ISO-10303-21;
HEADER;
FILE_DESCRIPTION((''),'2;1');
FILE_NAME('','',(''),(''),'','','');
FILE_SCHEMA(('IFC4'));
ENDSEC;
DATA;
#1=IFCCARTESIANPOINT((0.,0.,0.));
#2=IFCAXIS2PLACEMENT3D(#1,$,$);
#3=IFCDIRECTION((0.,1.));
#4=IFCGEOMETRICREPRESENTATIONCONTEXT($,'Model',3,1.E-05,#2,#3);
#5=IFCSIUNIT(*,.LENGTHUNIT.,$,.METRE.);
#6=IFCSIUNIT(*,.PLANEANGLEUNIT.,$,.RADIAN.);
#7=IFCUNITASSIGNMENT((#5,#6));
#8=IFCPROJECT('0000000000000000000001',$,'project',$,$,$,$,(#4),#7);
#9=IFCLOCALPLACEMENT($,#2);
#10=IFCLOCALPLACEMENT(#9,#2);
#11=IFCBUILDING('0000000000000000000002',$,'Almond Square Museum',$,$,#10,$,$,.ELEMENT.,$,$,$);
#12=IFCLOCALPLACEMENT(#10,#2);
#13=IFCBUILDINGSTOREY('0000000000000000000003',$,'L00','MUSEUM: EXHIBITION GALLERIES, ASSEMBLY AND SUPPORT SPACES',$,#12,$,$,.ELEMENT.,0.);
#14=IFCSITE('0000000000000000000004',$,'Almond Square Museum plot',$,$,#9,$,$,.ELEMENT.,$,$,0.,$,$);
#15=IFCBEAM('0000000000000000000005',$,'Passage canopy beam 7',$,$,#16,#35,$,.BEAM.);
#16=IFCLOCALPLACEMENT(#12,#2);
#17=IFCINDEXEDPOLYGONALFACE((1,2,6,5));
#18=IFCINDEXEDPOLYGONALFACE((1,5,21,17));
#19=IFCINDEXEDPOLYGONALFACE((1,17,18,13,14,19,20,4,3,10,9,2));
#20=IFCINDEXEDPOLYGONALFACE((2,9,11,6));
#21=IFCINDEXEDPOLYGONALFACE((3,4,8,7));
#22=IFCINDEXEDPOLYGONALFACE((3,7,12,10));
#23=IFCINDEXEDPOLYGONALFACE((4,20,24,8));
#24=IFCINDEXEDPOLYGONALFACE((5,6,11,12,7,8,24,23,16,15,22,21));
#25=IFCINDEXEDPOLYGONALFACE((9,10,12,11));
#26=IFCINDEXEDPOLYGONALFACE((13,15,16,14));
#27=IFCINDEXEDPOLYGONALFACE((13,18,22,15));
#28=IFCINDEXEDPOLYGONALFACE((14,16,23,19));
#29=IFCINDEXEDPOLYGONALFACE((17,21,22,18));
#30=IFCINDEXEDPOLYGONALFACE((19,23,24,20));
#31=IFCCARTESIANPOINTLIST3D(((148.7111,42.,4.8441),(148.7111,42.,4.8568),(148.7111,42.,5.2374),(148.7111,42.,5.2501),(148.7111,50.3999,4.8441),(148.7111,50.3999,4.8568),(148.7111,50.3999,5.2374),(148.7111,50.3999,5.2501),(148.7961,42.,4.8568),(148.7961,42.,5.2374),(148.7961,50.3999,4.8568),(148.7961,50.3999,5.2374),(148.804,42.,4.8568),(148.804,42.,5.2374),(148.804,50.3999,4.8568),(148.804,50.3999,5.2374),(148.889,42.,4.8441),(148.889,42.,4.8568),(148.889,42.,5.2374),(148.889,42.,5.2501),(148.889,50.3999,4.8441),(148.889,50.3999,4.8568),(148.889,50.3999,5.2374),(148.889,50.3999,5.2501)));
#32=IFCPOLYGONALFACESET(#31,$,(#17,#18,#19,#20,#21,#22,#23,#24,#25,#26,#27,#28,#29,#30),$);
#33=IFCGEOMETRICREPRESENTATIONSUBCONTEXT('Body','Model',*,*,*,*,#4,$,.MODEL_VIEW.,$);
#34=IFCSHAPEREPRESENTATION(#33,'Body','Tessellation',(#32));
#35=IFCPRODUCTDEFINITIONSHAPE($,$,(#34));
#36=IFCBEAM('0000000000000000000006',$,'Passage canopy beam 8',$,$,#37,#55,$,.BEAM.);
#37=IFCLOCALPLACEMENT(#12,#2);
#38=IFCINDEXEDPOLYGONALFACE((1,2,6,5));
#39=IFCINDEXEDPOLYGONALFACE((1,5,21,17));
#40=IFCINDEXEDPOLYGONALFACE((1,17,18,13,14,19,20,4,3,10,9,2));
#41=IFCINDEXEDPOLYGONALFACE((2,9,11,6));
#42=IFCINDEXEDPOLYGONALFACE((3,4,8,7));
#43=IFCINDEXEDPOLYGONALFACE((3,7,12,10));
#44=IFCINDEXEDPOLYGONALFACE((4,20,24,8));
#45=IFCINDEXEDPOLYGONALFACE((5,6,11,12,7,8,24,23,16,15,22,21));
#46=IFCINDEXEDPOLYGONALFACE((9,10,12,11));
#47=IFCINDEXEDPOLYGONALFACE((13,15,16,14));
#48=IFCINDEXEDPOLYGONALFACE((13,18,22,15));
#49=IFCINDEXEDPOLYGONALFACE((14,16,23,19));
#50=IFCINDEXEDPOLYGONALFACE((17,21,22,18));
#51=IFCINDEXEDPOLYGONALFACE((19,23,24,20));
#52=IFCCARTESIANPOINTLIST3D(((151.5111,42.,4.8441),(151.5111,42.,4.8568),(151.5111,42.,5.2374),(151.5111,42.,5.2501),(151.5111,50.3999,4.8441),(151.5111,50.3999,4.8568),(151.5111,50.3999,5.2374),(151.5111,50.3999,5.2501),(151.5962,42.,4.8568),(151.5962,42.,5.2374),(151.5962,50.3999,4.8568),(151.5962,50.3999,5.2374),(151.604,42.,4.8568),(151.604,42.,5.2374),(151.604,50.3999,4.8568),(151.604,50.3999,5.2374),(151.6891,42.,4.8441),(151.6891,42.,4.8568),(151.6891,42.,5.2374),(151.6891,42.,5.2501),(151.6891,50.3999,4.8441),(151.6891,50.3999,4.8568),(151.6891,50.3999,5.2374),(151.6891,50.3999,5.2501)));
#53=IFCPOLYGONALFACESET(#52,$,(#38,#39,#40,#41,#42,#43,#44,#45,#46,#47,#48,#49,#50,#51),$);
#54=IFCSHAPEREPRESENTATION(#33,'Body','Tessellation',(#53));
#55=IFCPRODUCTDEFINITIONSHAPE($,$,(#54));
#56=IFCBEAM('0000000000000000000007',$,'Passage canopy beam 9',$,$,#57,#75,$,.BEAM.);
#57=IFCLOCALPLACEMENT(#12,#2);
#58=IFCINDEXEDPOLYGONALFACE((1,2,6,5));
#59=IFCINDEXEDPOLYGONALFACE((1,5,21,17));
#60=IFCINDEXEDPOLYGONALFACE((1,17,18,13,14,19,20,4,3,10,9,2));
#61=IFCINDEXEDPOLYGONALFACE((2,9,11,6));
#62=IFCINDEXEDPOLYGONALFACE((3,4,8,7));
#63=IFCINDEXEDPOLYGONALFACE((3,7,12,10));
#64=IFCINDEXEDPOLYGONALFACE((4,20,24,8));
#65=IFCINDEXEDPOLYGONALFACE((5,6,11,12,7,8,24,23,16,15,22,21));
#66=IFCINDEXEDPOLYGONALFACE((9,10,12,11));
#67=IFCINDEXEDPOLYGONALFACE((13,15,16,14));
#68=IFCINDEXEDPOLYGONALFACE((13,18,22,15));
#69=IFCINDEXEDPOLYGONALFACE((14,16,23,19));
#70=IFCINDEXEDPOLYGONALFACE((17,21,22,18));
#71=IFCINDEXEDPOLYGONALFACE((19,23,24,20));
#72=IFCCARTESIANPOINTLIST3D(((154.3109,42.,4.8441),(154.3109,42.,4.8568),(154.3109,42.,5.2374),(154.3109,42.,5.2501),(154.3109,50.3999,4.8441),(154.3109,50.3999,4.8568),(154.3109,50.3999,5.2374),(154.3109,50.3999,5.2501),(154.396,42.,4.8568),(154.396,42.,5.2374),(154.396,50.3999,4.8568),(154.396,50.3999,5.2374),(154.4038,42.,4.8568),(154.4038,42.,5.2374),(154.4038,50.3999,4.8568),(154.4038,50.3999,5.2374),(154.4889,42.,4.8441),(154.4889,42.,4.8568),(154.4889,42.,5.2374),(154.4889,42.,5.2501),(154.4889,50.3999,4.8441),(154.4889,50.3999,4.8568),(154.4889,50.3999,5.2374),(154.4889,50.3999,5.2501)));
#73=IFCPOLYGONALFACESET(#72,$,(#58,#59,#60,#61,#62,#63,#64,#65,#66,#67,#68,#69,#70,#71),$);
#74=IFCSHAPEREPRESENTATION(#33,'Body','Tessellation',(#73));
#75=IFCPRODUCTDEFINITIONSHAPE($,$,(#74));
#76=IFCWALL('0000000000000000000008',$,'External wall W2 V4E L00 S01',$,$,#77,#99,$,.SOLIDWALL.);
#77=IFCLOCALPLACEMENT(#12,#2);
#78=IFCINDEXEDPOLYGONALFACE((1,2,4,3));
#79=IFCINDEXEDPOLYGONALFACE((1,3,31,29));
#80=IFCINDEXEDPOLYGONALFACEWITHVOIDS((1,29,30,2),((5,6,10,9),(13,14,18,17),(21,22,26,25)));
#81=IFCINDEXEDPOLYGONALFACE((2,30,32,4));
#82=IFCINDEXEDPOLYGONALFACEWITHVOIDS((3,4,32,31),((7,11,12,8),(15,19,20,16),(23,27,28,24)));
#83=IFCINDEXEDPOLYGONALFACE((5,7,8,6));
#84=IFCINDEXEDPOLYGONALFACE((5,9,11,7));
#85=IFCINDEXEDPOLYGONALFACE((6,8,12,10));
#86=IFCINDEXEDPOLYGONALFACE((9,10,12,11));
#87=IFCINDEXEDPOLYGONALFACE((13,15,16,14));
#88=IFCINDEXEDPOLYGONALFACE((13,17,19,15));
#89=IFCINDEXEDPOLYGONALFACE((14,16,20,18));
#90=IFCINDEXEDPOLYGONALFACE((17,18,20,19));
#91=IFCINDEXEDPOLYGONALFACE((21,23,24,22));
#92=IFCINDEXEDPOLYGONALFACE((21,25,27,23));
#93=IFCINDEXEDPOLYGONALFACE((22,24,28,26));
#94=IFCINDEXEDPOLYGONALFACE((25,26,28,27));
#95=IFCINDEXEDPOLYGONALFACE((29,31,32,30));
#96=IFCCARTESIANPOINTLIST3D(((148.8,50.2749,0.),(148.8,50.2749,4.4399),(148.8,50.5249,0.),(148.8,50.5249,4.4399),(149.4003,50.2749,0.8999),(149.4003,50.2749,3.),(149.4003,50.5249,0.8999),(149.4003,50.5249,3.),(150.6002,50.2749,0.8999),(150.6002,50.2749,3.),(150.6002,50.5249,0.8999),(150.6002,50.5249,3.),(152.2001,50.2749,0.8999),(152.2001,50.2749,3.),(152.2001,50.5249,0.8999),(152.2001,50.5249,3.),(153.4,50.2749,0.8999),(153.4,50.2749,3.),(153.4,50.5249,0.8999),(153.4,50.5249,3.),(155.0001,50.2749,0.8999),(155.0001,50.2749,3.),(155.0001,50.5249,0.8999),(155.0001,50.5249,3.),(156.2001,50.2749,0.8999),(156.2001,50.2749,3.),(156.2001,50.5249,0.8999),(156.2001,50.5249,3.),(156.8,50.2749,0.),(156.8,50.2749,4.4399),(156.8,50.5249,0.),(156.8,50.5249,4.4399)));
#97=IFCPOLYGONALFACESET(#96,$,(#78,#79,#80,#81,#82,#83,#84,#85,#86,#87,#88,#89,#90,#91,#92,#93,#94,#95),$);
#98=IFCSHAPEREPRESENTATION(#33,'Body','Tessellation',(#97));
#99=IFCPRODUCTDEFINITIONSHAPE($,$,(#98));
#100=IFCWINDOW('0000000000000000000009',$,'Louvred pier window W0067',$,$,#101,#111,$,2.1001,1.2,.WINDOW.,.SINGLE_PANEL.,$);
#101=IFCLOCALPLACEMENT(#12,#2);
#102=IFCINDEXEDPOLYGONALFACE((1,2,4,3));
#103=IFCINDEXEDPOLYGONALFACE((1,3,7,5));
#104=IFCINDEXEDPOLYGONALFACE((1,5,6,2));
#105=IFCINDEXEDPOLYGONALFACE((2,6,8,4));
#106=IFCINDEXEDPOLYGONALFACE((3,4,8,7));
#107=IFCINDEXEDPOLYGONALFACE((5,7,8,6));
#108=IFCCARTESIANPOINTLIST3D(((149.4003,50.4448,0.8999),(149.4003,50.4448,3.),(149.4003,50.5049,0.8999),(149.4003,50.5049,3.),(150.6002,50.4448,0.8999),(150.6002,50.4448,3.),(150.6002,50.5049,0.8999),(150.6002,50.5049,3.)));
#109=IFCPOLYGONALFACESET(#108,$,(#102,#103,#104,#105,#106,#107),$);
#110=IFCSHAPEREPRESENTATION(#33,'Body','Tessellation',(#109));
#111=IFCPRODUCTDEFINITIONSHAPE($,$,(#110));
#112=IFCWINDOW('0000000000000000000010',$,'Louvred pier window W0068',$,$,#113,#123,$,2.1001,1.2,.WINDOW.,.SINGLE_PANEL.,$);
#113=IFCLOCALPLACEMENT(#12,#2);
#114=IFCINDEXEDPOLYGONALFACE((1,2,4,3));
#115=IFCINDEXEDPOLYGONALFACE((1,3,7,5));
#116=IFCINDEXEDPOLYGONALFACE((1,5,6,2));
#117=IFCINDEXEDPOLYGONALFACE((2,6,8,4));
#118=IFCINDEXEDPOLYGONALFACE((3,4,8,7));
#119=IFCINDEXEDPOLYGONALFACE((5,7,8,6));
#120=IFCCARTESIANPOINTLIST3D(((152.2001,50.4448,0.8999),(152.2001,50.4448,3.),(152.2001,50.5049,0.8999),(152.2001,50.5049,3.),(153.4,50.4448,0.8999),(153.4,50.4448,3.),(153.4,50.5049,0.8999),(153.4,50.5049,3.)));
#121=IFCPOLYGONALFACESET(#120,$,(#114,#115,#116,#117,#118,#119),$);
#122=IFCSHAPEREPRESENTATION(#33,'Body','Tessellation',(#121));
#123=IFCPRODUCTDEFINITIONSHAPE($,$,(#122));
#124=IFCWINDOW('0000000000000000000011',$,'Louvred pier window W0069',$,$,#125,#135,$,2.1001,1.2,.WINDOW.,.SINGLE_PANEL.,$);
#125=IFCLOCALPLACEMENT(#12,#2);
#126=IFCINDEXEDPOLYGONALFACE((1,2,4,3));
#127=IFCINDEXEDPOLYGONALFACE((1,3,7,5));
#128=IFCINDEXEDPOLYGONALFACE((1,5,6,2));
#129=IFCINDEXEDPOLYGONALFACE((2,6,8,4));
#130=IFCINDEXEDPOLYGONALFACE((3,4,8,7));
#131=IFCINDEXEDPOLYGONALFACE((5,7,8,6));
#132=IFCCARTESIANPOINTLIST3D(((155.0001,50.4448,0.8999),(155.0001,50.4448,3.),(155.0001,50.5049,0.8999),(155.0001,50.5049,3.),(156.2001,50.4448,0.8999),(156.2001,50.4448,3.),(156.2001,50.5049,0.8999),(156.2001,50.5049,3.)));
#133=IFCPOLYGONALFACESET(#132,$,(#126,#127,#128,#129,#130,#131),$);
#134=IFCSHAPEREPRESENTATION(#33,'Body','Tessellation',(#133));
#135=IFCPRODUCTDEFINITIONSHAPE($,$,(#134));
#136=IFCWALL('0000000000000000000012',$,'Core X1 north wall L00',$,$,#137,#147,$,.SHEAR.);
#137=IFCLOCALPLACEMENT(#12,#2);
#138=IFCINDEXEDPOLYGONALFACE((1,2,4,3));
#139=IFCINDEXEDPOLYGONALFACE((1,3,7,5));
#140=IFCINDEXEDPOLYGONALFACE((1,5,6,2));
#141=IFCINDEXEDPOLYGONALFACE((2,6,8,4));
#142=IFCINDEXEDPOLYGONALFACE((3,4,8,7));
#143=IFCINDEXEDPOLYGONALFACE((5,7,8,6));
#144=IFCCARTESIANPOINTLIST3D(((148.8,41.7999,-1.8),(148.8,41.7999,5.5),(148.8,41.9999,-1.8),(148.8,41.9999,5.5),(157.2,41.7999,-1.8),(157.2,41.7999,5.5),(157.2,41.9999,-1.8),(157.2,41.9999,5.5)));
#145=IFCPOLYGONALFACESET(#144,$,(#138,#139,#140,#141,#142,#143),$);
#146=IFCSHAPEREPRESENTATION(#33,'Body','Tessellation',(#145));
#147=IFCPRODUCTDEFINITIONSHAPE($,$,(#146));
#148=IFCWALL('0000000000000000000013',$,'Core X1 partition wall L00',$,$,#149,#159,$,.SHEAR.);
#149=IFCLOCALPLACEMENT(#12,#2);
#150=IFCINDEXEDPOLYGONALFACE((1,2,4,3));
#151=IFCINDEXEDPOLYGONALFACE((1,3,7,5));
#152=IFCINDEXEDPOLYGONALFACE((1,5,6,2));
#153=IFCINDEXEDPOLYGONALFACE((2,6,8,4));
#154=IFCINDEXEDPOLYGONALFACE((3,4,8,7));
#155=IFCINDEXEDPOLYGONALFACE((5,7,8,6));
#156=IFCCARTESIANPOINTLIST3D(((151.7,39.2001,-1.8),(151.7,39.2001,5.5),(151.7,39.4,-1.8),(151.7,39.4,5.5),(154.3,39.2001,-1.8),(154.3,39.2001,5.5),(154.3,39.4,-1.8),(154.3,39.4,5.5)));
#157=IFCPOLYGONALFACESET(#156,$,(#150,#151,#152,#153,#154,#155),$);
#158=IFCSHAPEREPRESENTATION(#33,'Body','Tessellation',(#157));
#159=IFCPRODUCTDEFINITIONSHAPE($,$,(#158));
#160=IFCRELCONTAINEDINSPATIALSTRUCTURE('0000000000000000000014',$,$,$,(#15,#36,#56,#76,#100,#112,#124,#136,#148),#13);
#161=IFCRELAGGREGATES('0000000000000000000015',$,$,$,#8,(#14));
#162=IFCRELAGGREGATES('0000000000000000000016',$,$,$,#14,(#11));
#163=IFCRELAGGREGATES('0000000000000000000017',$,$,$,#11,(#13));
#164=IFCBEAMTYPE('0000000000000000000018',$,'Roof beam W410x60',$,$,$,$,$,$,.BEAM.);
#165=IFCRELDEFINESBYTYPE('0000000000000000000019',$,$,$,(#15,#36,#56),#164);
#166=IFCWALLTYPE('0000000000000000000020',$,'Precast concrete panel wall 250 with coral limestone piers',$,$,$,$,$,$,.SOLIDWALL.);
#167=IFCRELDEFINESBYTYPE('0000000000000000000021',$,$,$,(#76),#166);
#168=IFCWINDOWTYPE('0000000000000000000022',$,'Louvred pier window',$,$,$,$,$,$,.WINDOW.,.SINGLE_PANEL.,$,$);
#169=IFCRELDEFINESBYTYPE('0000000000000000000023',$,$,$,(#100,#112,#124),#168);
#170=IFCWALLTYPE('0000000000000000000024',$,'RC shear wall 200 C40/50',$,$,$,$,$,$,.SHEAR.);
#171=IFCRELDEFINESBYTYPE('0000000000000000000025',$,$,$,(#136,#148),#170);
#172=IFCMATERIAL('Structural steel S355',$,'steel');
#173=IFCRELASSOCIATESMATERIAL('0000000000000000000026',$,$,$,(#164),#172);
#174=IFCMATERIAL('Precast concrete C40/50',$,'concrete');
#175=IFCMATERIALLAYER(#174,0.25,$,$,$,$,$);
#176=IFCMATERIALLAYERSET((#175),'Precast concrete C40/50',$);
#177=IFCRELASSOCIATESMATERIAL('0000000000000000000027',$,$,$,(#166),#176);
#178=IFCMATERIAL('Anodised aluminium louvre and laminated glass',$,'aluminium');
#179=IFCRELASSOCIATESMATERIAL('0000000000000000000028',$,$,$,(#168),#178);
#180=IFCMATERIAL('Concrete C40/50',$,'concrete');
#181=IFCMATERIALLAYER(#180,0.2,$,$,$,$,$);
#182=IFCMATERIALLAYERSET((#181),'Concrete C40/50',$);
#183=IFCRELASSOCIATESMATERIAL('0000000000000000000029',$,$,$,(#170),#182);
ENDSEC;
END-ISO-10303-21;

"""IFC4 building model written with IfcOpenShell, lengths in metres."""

from ifc_helpers import new_model, si_unit, direction, frame, frame_2d, origin, origin_2d, place, context, subcontext, project, spatial, rectangle, i_section, extrude, material, layer, layer_set, material_profile, profile_set, type_object, element, fill, save


model = new_model("IFC4")

# Units and contexts
model_context = context("Model", 3, precision=1e-05, world=origin(), true_north=direction((0.0, 1.0)))
body_context = subcontext(model_context, "Body", "Model", "MODEL_VIEW")
ifc_project = project(units=[si_unit("LENGTHUNIT", "METRE"), si_unit("PLANEANGLEUNIT", "RADIAN")], contexts=[model_context])

# Site, building, storey
site_placement = place(None, origin())
site = spatial("IfcSite", under=ifc_project, at=site_placement, Name="Almond Square Museum plot", CompositionType="ELEMENT", RefElevation=0.0)
building_placement = place(site_placement, origin())
building = spatial("IfcBuilding", under=site, at=building_placement, Name="Almond Square Museum", CompositionType="ELEMENT")
storey_placement = place(building_placement, origin())
storey = spatial("IfcBuildingStorey", under=building, at=storey_placement, Name="L00", Description="MUSEUM: EXHIBITION GALLERIES, ASSEMBLY AND SUPPORT SPACES", CompositionType="ELEMENT", Elevation=0.0)

# Beams
ifc_material_1 = material(Name="Structural steel S355", Category="steel")
ifc_material_profile_1 = material_profile(ifc_material_1, i_section(OverallWidth=0.178, OverallDepth=0.406, WebThickness=0.0078, FlangeThickness=0.0127, at=origin_2d()))
ifc_profile_set_1 = profile_set([ifc_material_profile_1], Name="Structural steel S355")
beam_type = type_object("IfcBeamType", Name="Roof beam W410x60", PredefinedType="BEAM", material=ifc_profile_set_1)
for number, where, z_axis, x_axis, name in (
    (1, (148.8, 42.0, 5.0471), (0.0, 1.0, 0.0), (-1.0, 0.0, 0.0), "Passage canopy beam 7"),
    (2, (151.6001, 42.0, 5.0471), (0.0, 1.0, 0.0), (-1.0, 0.0, 0.0), "Passage canopy beam 8"),
    (3, (154.3999, 42.0, 5.0471), (0.0, 1.0, 0.0), (-1.0, 0.0, 0.0), "Passage canopy beam 9"),
):
    element("IfcBeam", number, at=place(storey_placement, frame(where, z_axis=z_axis, x_axis=x_axis)), inside=storey, type_object=beam_type, Name=name, PredefinedType="BEAM", context=body_context, shape_type="SweptSolid", body=[
        extrude(i_section(OverallWidth=0.178, OverallDepth=0.406, WebThickness=0.0078, FlangeThickness=0.0127, at=origin_2d()), origin(), (0.0, 0.0, 1.0), 8.3999),
    ])

# Wall, openings, windows
ifc_material_2 = material(Name="Precast concrete C40/50", Category="concrete")
ifc_layer_1 = layer(ifc_material_2, 0.25)
ifc_layer_set_1 = layer_set([ifc_layer_1], Name="Precast concrete C40/50")
wall_type_1 = type_object("IfcWallType", Name="Precast concrete panel wall 250 with coral limestone piers", PredefinedType="SOLIDWALL", material=ifc_layer_set_1)
wall_1_placement = place(storey_placement, frame((148.8, 50.3999, 0.0), z_axis=(0.0, 0.0, 1.0), x_axis=(1.0, 0.0, 0.0)))
wall_1 = element("IfcWall", 4, at=wall_1_placement, inside=storey, type_object=wall_type_1, Name="External wall W2 V4E L00 S01", PredefinedType="SOLIDWALL", context=body_context, shape_type="SweptSolid", body=[
    extrude(rectangle(XDim=8.0, YDim=0.25, at=frame_2d((4.0, 0.0))), origin(), (0.0, 0.0, 1.0), 4.4399),
])
opening_1_placement = place(wall_1_placement, frame((0.6001, 0.0, 0.8999)))
opening_1 = element("IfcOpeningElement", 5, at=opening_1_placement, cuts=wall_1, PredefinedType="OPENING", context=body_context, shape_type="SweptSolid", body=[
    extrude(rectangle(XDim=1.2, YDim=2.1001, at=frame_2d((0.6001, 1.05))), frame((0.0, 0.135, 0.0), z_axis=(0.0, -1.0, 0.0), x_axis=(1.0, 0.0, 0.0)), (0.0, 0.0, 1.0), 0.27),
])
opening_2_placement = place(wall_1_placement, frame((3.3999, 0.0, 0.8999)))
opening_2 = element("IfcOpeningElement", 6, at=opening_2_placement, cuts=wall_1, PredefinedType="OPENING", context=body_context, shape_type="SweptSolid", body=[
    extrude(rectangle(XDim=1.2, YDim=2.1001, at=frame_2d((0.6001, 1.05))), frame((0.0, 0.135, 0.0), z_axis=(0.0, -1.0, 0.0), x_axis=(1.0, 0.0, 0.0)), (0.0, 0.0, 1.0), 0.27),
])
opening_3_placement = place(wall_1_placement, frame((6.2, 0.0, 0.8999)))
opening_3 = element("IfcOpeningElement", 7, at=opening_3_placement, cuts=wall_1, PredefinedType="OPENING", context=body_context, shape_type="SweptSolid", body=[
    extrude(rectangle(XDim=1.2, YDim=2.1001, at=frame_2d((0.6001, 1.05))), frame((0.0, 0.135, 0.0), z_axis=(0.0, -1.0, 0.0), x_axis=(1.0, 0.0, 0.0)), (0.0, 0.0, 1.0), 0.27),
])
ifc_material_3 = material(Name="Anodised aluminium louvre and laminated glass", Category="aluminium")
window_type = type_object("IfcWindowType", Name="Louvred pier window", PartitioningType="SINGLE_PANEL", PredefinedType="WINDOW", material=ifc_material_3)
window_1_placement = place(opening_1_placement, origin())
window_1 = element("IfcWindow", 8, at=window_1_placement, inside=storey, type_object=window_type, Name="Louvred pier window W0067", OverallHeight=2.1001, OverallWidth=1.2, PartitioningType="SINGLE_PANEL", PredefinedType="WINDOW", context=body_context, shape_type="SweptSolid", body=[
    extrude(rectangle(XDim=1.2, YDim=2.1001, at=frame_2d((0.6001, 1.05))), frame((0.0, 0.105, 0.0), z_axis=(0.0, -1.0, 0.0), x_axis=(1.0, 0.0, 0.0)), (0.0, 0.0, 1.0), 0.0601),
])
fill(opening_1, window_1)
window_2_placement = place(opening_2_placement, origin())
window_2 = element("IfcWindow", 9, at=window_2_placement, inside=storey, type_object=window_type, Name="Louvred pier window W0068", OverallHeight=2.1001, OverallWidth=1.2, PartitioningType="SINGLE_PANEL", PredefinedType="WINDOW", context=body_context, shape_type="SweptSolid", body=[
    extrude(rectangle(XDim=1.2, YDim=2.1001, at=frame_2d((0.6001, 1.05))), frame((0.0, 0.105, 0.0), z_axis=(0.0, -1.0, 0.0), x_axis=(1.0, 0.0, 0.0)), (0.0, 0.0, 1.0), 0.0601),
])
fill(opening_2, window_2)
window_3_placement = place(opening_3_placement, origin())
window_3 = element("IfcWindow", 10, at=window_3_placement, inside=storey, type_object=window_type, Name="Louvred pier window W0069", OverallHeight=2.1001, OverallWidth=1.2, PartitioningType="SINGLE_PANEL", PredefinedType="WINDOW", context=body_context, shape_type="SweptSolid", body=[
    extrude(rectangle(XDim=1.2, YDim=2.1001, at=frame_2d((0.6001, 1.05))), frame((0.0, 0.105, 0.0), z_axis=(0.0, -1.0, 0.0), x_axis=(1.0, 0.0, 0.0)), (0.0, 0.0, 1.0), 0.0601),
])
fill(opening_3, window_3)

# Walls
ifc_material_4 = material(Name="Concrete C40/50", Category="concrete")
ifc_layer_2 = layer(ifc_material_4, 0.2)
ifc_layer_set_2 = layer_set([ifc_layer_2], Name="Concrete C40/50")
wall_type_2 = type_object("IfcWallType", Name="RC shear wall 200 C40/50", PredefinedType="SHEAR", material=ifc_layer_set_2)
wall_2_placement = place(storey_placement, frame((148.8, 41.8999, -1.8), z_axis=(0.0, 0.0, 1.0), x_axis=(1.0, 0.0, 0.0)))
element("IfcWall", 11, at=wall_2_placement, inside=storey, type_object=wall_type_2, Name="Core X1 north wall L00", PredefinedType="SHEAR", context=body_context, shape_type="SweptSolid", body=[
    extrude(rectangle(XDim=8.3999, YDim=0.2, at=frame_2d((4.2, 0.0))), origin(), (0.0, 0.0, 1.0), 7.3),
])
wall_3_placement = place(storey_placement, frame((151.7, 39.3, -1.8), z_axis=(0.0, 0.0, 1.0), x_axis=(1.0, 0.0, 0.0)))
element("IfcWall", 12, at=wall_3_placement, inside=storey, type_object=wall_type_2, Name="Core X1 partition wall L00", PredefinedType="SHEAR", context=body_context, shape_type="SweptSolid", body=[
    extrude(rectangle(XDim=2.6001, YDim=0.2, at=frame_2d((1.3, 0.0))), origin(), (0.0, 0.0, 1.0), 7.3),
])

save(model, "model.ifc")
